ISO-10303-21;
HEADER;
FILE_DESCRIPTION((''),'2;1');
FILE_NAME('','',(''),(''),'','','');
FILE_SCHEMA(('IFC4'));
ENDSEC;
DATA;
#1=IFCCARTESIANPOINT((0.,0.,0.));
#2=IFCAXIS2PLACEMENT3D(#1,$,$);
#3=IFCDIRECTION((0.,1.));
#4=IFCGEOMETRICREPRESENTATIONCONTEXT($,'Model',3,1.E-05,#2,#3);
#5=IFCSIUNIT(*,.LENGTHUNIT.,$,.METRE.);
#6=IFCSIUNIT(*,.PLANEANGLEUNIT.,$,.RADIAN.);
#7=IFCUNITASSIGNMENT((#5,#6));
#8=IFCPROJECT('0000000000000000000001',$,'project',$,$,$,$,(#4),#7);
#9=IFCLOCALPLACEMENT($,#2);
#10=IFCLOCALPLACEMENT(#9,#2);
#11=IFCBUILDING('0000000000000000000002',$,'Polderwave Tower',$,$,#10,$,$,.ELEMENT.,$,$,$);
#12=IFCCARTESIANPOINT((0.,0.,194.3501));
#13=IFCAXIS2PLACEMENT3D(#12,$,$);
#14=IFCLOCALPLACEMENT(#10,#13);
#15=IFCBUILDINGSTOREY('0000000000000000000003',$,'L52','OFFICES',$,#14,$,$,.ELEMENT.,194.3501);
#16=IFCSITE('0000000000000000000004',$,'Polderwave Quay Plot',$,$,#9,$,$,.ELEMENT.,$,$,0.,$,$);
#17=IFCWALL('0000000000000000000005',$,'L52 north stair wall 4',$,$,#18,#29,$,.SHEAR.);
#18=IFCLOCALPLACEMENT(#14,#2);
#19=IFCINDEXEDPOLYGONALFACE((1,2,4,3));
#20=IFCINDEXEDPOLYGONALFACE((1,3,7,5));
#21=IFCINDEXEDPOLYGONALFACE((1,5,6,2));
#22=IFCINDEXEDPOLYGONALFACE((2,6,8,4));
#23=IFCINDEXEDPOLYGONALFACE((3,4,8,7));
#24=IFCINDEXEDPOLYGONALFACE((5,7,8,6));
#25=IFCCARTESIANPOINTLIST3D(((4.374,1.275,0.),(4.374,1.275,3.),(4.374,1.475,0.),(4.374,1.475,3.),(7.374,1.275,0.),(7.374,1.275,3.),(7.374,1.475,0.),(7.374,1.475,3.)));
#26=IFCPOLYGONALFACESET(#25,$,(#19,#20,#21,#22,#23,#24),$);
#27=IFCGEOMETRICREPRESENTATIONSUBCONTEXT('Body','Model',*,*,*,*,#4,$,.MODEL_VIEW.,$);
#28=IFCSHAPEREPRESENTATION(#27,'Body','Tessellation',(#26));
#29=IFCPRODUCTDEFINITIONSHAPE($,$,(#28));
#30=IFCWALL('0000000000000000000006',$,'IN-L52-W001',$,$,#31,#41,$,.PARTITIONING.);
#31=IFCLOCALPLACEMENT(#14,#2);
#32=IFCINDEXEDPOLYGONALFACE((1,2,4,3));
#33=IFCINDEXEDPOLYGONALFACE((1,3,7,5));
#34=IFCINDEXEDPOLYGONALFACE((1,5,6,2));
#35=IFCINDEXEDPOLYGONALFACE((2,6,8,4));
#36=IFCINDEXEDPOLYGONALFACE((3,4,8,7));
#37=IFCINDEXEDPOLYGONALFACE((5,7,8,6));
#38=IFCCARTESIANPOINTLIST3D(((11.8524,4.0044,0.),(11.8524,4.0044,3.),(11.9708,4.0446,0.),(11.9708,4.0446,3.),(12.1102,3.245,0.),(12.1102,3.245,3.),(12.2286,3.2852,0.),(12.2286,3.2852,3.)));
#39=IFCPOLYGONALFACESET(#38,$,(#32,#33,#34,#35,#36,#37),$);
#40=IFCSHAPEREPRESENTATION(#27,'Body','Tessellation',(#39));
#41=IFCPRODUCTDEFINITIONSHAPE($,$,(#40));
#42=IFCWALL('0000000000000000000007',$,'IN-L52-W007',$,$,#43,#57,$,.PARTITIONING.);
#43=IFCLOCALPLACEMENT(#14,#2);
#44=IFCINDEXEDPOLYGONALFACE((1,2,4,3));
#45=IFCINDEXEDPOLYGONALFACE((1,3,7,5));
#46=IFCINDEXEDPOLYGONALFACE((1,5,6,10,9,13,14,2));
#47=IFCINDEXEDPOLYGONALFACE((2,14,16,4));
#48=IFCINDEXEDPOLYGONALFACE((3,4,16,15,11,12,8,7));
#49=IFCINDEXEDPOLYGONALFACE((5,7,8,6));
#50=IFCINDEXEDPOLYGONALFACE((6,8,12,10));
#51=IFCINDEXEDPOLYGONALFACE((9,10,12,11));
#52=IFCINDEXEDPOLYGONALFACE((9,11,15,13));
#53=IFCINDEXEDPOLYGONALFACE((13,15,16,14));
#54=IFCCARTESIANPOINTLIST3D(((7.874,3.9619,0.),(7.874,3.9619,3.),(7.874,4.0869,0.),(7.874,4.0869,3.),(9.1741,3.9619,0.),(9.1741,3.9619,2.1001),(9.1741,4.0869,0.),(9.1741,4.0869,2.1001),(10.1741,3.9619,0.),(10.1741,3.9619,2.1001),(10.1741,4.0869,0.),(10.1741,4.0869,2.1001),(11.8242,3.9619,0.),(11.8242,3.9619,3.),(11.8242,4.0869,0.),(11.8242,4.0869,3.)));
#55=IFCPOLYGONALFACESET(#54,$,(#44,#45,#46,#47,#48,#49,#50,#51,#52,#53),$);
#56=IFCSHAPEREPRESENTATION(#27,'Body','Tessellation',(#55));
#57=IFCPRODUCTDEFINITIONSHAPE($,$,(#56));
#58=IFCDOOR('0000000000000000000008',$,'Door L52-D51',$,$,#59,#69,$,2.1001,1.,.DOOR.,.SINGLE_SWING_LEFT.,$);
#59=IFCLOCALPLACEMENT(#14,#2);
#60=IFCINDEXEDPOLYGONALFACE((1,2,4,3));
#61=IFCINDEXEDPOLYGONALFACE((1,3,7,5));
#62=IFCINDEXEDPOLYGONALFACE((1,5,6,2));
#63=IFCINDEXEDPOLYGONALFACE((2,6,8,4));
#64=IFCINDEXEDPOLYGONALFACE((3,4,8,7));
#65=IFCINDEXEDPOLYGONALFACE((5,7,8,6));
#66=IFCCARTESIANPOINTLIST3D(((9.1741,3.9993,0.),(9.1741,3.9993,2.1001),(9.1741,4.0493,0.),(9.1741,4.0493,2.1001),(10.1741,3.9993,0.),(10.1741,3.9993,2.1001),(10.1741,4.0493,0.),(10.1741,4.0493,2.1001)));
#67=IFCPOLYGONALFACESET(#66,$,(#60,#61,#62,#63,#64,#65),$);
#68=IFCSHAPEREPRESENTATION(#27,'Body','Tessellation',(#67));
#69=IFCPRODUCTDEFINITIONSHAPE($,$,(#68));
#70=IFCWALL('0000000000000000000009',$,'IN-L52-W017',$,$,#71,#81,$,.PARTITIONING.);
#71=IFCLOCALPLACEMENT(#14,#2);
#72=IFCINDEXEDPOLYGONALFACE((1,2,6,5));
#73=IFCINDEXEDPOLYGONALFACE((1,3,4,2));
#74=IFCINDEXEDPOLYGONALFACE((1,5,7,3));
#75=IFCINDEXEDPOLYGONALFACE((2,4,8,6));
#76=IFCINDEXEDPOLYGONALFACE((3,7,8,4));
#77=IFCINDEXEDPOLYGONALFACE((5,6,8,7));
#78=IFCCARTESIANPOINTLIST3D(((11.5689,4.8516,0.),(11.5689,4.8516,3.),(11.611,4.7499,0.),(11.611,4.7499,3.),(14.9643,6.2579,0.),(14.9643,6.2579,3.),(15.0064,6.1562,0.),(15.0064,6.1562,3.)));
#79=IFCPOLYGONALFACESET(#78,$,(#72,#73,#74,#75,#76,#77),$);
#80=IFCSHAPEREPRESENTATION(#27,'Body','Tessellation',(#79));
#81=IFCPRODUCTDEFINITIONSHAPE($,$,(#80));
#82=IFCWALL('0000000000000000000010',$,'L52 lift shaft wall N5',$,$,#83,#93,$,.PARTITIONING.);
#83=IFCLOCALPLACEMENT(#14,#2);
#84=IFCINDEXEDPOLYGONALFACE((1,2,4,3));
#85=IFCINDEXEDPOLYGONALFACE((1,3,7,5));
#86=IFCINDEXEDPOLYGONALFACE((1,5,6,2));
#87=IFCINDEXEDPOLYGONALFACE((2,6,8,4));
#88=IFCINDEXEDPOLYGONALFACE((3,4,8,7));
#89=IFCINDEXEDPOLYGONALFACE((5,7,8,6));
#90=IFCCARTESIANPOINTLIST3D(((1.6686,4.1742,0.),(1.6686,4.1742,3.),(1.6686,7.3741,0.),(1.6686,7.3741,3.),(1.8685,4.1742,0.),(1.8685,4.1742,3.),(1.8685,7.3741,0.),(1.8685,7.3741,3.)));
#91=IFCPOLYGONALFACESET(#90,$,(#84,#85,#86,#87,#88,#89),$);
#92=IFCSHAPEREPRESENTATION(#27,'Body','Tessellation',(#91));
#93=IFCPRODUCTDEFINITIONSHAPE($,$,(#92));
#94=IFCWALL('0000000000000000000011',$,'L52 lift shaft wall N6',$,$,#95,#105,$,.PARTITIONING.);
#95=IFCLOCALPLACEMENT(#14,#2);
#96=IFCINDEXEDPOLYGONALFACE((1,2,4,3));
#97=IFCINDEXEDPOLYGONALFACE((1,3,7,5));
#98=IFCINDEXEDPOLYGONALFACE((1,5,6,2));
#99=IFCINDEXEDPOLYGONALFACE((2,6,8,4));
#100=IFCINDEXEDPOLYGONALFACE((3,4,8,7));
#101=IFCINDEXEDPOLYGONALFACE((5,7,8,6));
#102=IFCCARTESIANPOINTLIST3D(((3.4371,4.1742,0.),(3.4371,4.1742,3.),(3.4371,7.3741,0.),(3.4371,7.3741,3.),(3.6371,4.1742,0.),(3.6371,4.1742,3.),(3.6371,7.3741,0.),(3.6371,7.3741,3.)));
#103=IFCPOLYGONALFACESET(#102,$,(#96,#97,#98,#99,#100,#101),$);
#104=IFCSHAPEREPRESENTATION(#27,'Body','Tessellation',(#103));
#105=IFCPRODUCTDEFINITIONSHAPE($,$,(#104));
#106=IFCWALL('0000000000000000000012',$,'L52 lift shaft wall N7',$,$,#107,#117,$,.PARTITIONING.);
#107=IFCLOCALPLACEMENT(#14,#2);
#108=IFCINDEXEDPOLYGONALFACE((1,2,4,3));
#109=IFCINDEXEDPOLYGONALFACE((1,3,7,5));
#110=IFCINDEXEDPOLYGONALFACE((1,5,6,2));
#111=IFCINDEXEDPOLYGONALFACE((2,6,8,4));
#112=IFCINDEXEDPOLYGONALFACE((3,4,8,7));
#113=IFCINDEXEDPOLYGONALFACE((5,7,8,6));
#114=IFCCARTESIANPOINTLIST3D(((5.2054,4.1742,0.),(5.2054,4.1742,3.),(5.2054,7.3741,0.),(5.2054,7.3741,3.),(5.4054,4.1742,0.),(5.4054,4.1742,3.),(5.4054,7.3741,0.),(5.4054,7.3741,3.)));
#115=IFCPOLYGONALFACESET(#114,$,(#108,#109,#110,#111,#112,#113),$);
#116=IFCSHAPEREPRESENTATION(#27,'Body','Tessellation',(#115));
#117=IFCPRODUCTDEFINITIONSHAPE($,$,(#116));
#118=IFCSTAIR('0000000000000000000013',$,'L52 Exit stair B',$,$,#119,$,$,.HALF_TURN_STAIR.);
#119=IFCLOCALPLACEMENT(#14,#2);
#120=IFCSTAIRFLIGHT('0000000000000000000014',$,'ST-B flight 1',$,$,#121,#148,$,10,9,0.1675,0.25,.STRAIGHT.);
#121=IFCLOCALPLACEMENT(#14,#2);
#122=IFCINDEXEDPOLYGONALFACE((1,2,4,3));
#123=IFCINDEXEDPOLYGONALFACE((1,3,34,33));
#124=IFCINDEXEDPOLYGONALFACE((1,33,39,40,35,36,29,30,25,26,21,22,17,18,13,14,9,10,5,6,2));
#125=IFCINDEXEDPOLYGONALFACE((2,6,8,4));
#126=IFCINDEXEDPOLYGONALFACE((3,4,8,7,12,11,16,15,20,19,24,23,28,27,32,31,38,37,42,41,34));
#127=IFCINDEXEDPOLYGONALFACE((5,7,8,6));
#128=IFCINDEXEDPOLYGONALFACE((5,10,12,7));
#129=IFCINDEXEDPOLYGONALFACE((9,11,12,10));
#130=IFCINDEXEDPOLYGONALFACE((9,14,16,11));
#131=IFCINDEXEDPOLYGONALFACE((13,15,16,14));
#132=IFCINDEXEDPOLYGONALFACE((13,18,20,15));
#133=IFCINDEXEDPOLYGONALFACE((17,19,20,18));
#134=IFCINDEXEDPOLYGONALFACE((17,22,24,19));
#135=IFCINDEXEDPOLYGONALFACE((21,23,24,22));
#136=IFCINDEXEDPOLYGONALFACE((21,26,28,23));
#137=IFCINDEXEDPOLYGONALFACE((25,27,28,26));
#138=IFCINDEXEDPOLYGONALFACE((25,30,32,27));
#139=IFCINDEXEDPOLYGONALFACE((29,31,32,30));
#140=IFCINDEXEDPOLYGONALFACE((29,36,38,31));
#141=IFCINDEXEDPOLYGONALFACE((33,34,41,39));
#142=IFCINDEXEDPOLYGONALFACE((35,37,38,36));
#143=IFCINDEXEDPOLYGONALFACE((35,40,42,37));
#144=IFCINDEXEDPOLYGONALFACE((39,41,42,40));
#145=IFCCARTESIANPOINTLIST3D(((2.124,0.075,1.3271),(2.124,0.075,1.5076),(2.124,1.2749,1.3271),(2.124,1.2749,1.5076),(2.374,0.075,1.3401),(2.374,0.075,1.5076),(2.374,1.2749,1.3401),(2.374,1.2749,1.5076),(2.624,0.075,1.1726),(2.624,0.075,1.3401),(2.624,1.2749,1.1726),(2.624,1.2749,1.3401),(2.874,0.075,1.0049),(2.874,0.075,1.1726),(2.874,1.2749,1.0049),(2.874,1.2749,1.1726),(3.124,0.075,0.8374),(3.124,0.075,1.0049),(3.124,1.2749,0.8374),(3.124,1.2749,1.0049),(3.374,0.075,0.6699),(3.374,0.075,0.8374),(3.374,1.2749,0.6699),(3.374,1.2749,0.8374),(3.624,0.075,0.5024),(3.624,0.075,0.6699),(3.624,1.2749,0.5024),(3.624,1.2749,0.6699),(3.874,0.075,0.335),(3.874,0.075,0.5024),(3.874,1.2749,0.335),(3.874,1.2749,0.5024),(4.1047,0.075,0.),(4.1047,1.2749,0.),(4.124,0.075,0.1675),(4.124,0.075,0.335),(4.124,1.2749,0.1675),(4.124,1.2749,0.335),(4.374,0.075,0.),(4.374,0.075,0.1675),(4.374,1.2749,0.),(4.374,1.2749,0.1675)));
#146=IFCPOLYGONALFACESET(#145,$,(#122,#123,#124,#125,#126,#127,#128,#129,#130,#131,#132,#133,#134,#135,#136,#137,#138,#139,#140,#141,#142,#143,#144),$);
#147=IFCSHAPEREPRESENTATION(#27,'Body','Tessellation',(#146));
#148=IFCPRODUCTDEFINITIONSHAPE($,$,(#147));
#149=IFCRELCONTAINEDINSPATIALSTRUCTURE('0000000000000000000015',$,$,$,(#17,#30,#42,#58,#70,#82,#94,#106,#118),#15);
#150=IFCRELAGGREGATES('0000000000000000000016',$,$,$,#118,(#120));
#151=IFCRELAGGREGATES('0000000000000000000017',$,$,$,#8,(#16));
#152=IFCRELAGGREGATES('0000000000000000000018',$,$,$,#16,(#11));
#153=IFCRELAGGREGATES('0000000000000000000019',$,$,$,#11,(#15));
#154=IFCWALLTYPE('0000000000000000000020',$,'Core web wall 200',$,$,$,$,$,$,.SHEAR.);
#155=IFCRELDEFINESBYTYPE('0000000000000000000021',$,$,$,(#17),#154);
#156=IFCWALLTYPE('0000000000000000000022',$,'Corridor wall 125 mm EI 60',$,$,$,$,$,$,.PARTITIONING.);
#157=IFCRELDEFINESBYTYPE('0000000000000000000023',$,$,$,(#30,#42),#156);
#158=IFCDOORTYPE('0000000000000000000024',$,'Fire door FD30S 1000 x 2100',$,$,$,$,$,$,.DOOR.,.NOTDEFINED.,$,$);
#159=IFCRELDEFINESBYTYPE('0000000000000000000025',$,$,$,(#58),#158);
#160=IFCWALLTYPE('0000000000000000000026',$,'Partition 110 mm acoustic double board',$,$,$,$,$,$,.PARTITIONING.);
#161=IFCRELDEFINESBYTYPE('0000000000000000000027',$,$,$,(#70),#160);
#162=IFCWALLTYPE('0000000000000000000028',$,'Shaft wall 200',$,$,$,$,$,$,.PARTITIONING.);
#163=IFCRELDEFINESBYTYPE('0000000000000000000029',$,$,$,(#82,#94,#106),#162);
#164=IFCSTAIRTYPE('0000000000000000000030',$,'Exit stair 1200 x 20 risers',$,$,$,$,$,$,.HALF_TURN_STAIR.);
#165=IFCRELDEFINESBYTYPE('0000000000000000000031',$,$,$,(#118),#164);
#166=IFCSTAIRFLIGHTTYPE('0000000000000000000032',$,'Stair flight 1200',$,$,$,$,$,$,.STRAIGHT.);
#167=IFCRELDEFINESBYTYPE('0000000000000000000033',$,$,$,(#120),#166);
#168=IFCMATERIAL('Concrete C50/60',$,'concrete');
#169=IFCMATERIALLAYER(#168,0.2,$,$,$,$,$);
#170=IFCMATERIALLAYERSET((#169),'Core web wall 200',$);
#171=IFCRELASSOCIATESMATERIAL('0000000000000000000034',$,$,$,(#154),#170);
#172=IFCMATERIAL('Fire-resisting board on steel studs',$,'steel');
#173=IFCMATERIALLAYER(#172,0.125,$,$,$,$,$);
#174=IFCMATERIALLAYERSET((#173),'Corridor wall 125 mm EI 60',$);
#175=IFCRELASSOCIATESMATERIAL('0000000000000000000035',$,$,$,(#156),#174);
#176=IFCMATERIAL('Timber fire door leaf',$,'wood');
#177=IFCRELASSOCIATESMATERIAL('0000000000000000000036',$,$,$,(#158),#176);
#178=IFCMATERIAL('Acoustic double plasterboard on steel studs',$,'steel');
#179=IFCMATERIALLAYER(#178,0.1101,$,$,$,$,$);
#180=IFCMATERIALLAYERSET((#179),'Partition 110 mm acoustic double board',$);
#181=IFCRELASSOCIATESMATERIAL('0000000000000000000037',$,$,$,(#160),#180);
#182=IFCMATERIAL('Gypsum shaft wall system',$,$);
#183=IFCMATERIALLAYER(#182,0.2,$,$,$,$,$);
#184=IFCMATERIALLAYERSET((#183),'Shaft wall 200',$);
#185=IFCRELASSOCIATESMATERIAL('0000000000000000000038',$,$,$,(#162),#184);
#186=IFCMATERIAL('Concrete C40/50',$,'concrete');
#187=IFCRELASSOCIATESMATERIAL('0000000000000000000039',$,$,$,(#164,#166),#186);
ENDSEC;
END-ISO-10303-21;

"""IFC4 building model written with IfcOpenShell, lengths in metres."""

from ifc_helpers import new_model, si_unit, direction, frame, frame_2d, origin, place, context, subcontext, project, spatial, polyline, rectangle, outline, extrude, material, layer, layer_set, type_object, element, fill, aggregate, save


model = new_model("IFC4")

# Units and contexts
model_context = context("Model", 3, precision=1e-05, world=origin(), true_north=direction((0.0, 1.0)))
body_context = subcontext(model_context, "Body", "Model", "MODEL_VIEW")
ifc_project = project(units=[si_unit("LENGTHUNIT", "METRE"), si_unit("PLANEANGLEUNIT", "RADIAN")], contexts=[model_context])

# Site, building, storey
site_placement = place(None, origin())
site = spatial("IfcSite", under=ifc_project, at=site_placement, Name="Polderwave Quay Plot", CompositionType="ELEMENT", RefElevation=0.0)
building_placement = place(site_placement, origin())
building = spatial("IfcBuilding", under=site, at=building_placement, Name="Polderwave Tower", CompositionType="ELEMENT")
storey_placement = place(building_placement, frame((0.0, 0.0, 194.3501)))
storey = spatial("IfcBuildingStorey", under=building, at=storey_placement, Name="L52", Description="OFFICES", CompositionType="ELEMENT", Elevation=194.3501)

# Walls
ifc_material_1 = material(Name="Concrete C50/60", Category="concrete")
ifc_layer_1 = layer(ifc_material_1, 0.2)
ifc_layer_set_1 = layer_set([ifc_layer_1], Name="Core web wall 200")
wall_type_1 = type_object("IfcWallType", Name="Core web wall 200", PredefinedType="SHEAR", material=ifc_layer_set_1)
wall_1_placement = place(storey_placement, frame((4.374, 1.375, 0.0), z_axis=(0.0, 0.0, 1.0), x_axis=(1.0, 0.0, 0.0)))
element("IfcWall", 1, at=wall_1_placement, inside=storey, type_object=wall_type_1, Name="L52 north stair wall 4", PredefinedType="SHEAR", context=body_context, shape_type="SweptSolid", body=[
    extrude(rectangle(XDim=3.0, YDim=0.2, at=frame_2d((1.5, 0.0))), origin(), (0.0, 0.0, 1.0), 3.0),
])
ifc_material_2 = material(Name="Fire-resisting board on steel studs", Category="steel")
ifc_layer_2 = layer(ifc_material_2, 0.125)
ifc_layer_set_2 = layer_set([ifc_layer_2], Name="Corridor wall 125 mm EI 60")
wall_type_2 = type_object("IfcWallType", Name="Corridor wall 125 mm EI 60", PredefinedType="PARTITIONING", material=ifc_layer_set_2)
wall_2_placement = place(storey_placement, frame((11.9116, 4.0244, 0.0), z_axis=(0.0, 0.0, 1.0), x_axis=(0.321428, -0.946934, 0.0)))
element("IfcWall", 2, at=wall_2_placement, inside=storey, type_object=wall_type_2, Name="IN-L52-W001", PredefinedType="PARTITIONING", context=body_context, shape_type="SweptSolid", body=[
    extrude(rectangle(XDim=0.802, YDim=0.125, at=frame_2d((0.4009, 0.0))), origin(), (0.0, 0.0, 1.0), 3.0),
])

# Wall, opening, door
wall_3_placement = place(storey_placement, frame((7.874, 4.0244, 0.0), z_axis=(0.0, 0.0, 1.0), x_axis=(1.0, 0.0, 0.0)))
wall_3 = element("IfcWall", 3, at=wall_3_placement, inside=storey, type_object=wall_type_2, Name="IN-L52-W007", PredefinedType="PARTITIONING", context=body_context, shape_type="SweptSolid", body=[
    extrude(rectangle(XDim=3.9502, YDim=0.125, at=frame_2d((1.9751, 0.0))), origin(), (0.0, 0.0, 1.0), 3.0),
])
opening_placement = place(wall_3_placement, frame((1.3, 0.0, 0.0)))
opening = element("IfcOpeningElement", 4, at=opening_placement, cuts=wall_3, PredefinedType="OPENING", context=body_context, shape_type="SweptSolid", body=[
    extrude(rectangle(XDim=1.0, YDim=2.1001, at=frame_2d((0.5, 1.05))), frame((0.0, 0.0725, 0.0), z_axis=(0.0, -1.0, 0.0), x_axis=(1.0, 0.0, 0.0)), (0.0, 0.0, 1.0), 0.145),
])
ifc_material_3 = material(Name="Timber fire door leaf", Category="wood")
door_type = type_object("IfcDoorType", Name="Fire door FD30S 1000 x 2100", OperationType="NOTDEFINED", PredefinedType="DOOR", material=ifc_material_3)
door_placement = place(opening_placement, origin())
door = element("IfcDoor", 5, at=door_placement, inside=storey, type_object=door_type, Name="Door L52-D51", OperationType="SINGLE_SWING_LEFT", OverallHeight=2.1001, OverallWidth=1.0, PredefinedType="DOOR", context=body_context, shape_type="SweptSolid", body=[
    extrude(rectangle(XDim=1.0, YDim=2.1001, at=frame_2d((0.5, 1.05))), frame((0.0, 0.0249, 0.0), z_axis=(0.0, -1.0, 0.0), x_axis=(1.0, 0.0, 0.0)), (0.0, 0.0, 1.0), 0.05),
])
fill(opening, door)

# Walls
ifc_material_4 = material(Name="Acoustic double plasterboard on steel studs", Category="steel")
ifc_layer_3 = layer(ifc_material_4, 0.1101)
ifc_layer_set_3 = layer_set([ifc_layer_3], Name="Partition 110 mm acoustic double board")
wall_type_3 = type_object("IfcWallType", Name="Partition 110 mm acoustic double board", PredefinedType="PARTITIONING", material=ifc_layer_set_3)
wall_4_placement = place(storey_placement, frame((11.5901, 4.8008, 0.0), z_axis=(0.0, 0.0, 1.0), x_axis=(0.923891, 0.382657, 0.0)))
element("IfcWall", 6, at=wall_4_placement, inside=storey, type_object=wall_type_3, Name="IN-L52-W017", PredefinedType="PARTITIONING", context=body_context, shape_type="SweptSolid", body=[
    extrude(rectangle(XDim=3.675, YDim=0.1101, at=frame_2d((1.8374, 0.0))), origin(), (0.0, 0.0, 1.0), 3.0),
])
ifc_material_5 = material(Name="Gypsum shaft wall system")
ifc_layer_4 = layer(ifc_material_5, 0.2)
ifc_layer_set_4 = layer_set([ifc_layer_4], Name="Shaft wall 200")
wall_type_4 = type_object("IfcWallType", Name="Shaft wall 200", PredefinedType="PARTITIONING", material=ifc_layer_set_4)
for number, where, z_axis, x_axis, name in (
    (7, (1.7686, 4.1741, 0.0), (0.0, 0.0, 1.0), (0.0, 1.0, 0.0), "L52 lift shaft wall N5"),
    (8, (3.5371, 4.1741, 0.0), (0.0, 0.0, 1.0), (0.0, 1.0, 0.0), "L52 lift shaft wall N6"),
    (9, (5.3054, 4.1741, 0.0), (0.0, 0.0, 1.0), (0.0, 1.0, 0.0), "L52 lift shaft wall N7"),
):
    element("IfcWall", number, at=place(storey_placement, frame(where, z_axis=z_axis, x_axis=x_axis)), inside=storey, type_object=wall_type_4, Name=name, PredefinedType="PARTITIONING", context=body_context, shape_type="SweptSolid", body=[
        extrude(rectangle(XDim=3.2, YDim=0.2, at=frame_2d((1.6001, 0.0))), origin(), (0.0, 0.0, 1.0), 3.0),
    ])

# Stair, stair flight
ifc_material_6 = material(Name="Concrete C40/50", Category="concrete")
stair_type = type_object("IfcStairType", Name="Exit stair 1200 x 20 risers", PredefinedType="HALF_TURN_STAIR", material=ifc_material_6)
stair_placement = place(storey_placement, origin())
stair = element("IfcStair", 10, at=stair_placement, inside=storey, type_object=stair_type, Name="L52 Exit stair B", PredefinedType="HALF_TURN_STAIR")
stair_flight_type = type_object("IfcStairFlightType", Name="Stair flight 1200", PredefinedType="STRAIGHT", material=ifc_material_6)
stair_flight_placement = place(storey_placement, frame((4.374, 0.675, 0.0), z_axis=(0.0, 0.0, 1.0), x_axis=(-1.0, 0.0, 0.0)))
stair_flight = element("IfcStairFlight", 11, at=stair_flight_placement, type_object=stair_flight_type, Name="ST-B flight 1", NumberOfRisers=10, NumberOfTreads=9, PredefinedType="STRAIGHT", RiserHeight=0.1675, TreadLength=0.25, context=body_context, shape_type="SweptSolid", body=[
    extrude(outline(polyline([(0.0, 0.0), (0.0, 0.1675), (0.25, 0.1675), (0.25, 0.335), (0.5, 0.335), (0.5, 0.5024), (0.75, 0.5024), (0.75, 0.6699), (1.0, 0.6699), (1.0, 0.8374), (1.25, 0.8374), (1.25, 1.0049), (1.5, 1.0049), (1.5, 1.1726), (1.75, 1.1726), (1.75, 1.3401), (2.0, 1.3401), (2.0, 1.5076), (2.25, 1.5076), (2.25, 1.675), (2.25, 1.3271), (0.2693, 0.0), (0.0, 0.0)])), frame((0.0, 0.6001, 0.0), z_axis=(0.0, -1.0, 0.0), x_axis=(1.0, 0.0, 0.0)), (0.0, 0.0, 1.0), 1.2),
])
aggregate(stair, [stair_flight])

save(model, "model.ifc")
